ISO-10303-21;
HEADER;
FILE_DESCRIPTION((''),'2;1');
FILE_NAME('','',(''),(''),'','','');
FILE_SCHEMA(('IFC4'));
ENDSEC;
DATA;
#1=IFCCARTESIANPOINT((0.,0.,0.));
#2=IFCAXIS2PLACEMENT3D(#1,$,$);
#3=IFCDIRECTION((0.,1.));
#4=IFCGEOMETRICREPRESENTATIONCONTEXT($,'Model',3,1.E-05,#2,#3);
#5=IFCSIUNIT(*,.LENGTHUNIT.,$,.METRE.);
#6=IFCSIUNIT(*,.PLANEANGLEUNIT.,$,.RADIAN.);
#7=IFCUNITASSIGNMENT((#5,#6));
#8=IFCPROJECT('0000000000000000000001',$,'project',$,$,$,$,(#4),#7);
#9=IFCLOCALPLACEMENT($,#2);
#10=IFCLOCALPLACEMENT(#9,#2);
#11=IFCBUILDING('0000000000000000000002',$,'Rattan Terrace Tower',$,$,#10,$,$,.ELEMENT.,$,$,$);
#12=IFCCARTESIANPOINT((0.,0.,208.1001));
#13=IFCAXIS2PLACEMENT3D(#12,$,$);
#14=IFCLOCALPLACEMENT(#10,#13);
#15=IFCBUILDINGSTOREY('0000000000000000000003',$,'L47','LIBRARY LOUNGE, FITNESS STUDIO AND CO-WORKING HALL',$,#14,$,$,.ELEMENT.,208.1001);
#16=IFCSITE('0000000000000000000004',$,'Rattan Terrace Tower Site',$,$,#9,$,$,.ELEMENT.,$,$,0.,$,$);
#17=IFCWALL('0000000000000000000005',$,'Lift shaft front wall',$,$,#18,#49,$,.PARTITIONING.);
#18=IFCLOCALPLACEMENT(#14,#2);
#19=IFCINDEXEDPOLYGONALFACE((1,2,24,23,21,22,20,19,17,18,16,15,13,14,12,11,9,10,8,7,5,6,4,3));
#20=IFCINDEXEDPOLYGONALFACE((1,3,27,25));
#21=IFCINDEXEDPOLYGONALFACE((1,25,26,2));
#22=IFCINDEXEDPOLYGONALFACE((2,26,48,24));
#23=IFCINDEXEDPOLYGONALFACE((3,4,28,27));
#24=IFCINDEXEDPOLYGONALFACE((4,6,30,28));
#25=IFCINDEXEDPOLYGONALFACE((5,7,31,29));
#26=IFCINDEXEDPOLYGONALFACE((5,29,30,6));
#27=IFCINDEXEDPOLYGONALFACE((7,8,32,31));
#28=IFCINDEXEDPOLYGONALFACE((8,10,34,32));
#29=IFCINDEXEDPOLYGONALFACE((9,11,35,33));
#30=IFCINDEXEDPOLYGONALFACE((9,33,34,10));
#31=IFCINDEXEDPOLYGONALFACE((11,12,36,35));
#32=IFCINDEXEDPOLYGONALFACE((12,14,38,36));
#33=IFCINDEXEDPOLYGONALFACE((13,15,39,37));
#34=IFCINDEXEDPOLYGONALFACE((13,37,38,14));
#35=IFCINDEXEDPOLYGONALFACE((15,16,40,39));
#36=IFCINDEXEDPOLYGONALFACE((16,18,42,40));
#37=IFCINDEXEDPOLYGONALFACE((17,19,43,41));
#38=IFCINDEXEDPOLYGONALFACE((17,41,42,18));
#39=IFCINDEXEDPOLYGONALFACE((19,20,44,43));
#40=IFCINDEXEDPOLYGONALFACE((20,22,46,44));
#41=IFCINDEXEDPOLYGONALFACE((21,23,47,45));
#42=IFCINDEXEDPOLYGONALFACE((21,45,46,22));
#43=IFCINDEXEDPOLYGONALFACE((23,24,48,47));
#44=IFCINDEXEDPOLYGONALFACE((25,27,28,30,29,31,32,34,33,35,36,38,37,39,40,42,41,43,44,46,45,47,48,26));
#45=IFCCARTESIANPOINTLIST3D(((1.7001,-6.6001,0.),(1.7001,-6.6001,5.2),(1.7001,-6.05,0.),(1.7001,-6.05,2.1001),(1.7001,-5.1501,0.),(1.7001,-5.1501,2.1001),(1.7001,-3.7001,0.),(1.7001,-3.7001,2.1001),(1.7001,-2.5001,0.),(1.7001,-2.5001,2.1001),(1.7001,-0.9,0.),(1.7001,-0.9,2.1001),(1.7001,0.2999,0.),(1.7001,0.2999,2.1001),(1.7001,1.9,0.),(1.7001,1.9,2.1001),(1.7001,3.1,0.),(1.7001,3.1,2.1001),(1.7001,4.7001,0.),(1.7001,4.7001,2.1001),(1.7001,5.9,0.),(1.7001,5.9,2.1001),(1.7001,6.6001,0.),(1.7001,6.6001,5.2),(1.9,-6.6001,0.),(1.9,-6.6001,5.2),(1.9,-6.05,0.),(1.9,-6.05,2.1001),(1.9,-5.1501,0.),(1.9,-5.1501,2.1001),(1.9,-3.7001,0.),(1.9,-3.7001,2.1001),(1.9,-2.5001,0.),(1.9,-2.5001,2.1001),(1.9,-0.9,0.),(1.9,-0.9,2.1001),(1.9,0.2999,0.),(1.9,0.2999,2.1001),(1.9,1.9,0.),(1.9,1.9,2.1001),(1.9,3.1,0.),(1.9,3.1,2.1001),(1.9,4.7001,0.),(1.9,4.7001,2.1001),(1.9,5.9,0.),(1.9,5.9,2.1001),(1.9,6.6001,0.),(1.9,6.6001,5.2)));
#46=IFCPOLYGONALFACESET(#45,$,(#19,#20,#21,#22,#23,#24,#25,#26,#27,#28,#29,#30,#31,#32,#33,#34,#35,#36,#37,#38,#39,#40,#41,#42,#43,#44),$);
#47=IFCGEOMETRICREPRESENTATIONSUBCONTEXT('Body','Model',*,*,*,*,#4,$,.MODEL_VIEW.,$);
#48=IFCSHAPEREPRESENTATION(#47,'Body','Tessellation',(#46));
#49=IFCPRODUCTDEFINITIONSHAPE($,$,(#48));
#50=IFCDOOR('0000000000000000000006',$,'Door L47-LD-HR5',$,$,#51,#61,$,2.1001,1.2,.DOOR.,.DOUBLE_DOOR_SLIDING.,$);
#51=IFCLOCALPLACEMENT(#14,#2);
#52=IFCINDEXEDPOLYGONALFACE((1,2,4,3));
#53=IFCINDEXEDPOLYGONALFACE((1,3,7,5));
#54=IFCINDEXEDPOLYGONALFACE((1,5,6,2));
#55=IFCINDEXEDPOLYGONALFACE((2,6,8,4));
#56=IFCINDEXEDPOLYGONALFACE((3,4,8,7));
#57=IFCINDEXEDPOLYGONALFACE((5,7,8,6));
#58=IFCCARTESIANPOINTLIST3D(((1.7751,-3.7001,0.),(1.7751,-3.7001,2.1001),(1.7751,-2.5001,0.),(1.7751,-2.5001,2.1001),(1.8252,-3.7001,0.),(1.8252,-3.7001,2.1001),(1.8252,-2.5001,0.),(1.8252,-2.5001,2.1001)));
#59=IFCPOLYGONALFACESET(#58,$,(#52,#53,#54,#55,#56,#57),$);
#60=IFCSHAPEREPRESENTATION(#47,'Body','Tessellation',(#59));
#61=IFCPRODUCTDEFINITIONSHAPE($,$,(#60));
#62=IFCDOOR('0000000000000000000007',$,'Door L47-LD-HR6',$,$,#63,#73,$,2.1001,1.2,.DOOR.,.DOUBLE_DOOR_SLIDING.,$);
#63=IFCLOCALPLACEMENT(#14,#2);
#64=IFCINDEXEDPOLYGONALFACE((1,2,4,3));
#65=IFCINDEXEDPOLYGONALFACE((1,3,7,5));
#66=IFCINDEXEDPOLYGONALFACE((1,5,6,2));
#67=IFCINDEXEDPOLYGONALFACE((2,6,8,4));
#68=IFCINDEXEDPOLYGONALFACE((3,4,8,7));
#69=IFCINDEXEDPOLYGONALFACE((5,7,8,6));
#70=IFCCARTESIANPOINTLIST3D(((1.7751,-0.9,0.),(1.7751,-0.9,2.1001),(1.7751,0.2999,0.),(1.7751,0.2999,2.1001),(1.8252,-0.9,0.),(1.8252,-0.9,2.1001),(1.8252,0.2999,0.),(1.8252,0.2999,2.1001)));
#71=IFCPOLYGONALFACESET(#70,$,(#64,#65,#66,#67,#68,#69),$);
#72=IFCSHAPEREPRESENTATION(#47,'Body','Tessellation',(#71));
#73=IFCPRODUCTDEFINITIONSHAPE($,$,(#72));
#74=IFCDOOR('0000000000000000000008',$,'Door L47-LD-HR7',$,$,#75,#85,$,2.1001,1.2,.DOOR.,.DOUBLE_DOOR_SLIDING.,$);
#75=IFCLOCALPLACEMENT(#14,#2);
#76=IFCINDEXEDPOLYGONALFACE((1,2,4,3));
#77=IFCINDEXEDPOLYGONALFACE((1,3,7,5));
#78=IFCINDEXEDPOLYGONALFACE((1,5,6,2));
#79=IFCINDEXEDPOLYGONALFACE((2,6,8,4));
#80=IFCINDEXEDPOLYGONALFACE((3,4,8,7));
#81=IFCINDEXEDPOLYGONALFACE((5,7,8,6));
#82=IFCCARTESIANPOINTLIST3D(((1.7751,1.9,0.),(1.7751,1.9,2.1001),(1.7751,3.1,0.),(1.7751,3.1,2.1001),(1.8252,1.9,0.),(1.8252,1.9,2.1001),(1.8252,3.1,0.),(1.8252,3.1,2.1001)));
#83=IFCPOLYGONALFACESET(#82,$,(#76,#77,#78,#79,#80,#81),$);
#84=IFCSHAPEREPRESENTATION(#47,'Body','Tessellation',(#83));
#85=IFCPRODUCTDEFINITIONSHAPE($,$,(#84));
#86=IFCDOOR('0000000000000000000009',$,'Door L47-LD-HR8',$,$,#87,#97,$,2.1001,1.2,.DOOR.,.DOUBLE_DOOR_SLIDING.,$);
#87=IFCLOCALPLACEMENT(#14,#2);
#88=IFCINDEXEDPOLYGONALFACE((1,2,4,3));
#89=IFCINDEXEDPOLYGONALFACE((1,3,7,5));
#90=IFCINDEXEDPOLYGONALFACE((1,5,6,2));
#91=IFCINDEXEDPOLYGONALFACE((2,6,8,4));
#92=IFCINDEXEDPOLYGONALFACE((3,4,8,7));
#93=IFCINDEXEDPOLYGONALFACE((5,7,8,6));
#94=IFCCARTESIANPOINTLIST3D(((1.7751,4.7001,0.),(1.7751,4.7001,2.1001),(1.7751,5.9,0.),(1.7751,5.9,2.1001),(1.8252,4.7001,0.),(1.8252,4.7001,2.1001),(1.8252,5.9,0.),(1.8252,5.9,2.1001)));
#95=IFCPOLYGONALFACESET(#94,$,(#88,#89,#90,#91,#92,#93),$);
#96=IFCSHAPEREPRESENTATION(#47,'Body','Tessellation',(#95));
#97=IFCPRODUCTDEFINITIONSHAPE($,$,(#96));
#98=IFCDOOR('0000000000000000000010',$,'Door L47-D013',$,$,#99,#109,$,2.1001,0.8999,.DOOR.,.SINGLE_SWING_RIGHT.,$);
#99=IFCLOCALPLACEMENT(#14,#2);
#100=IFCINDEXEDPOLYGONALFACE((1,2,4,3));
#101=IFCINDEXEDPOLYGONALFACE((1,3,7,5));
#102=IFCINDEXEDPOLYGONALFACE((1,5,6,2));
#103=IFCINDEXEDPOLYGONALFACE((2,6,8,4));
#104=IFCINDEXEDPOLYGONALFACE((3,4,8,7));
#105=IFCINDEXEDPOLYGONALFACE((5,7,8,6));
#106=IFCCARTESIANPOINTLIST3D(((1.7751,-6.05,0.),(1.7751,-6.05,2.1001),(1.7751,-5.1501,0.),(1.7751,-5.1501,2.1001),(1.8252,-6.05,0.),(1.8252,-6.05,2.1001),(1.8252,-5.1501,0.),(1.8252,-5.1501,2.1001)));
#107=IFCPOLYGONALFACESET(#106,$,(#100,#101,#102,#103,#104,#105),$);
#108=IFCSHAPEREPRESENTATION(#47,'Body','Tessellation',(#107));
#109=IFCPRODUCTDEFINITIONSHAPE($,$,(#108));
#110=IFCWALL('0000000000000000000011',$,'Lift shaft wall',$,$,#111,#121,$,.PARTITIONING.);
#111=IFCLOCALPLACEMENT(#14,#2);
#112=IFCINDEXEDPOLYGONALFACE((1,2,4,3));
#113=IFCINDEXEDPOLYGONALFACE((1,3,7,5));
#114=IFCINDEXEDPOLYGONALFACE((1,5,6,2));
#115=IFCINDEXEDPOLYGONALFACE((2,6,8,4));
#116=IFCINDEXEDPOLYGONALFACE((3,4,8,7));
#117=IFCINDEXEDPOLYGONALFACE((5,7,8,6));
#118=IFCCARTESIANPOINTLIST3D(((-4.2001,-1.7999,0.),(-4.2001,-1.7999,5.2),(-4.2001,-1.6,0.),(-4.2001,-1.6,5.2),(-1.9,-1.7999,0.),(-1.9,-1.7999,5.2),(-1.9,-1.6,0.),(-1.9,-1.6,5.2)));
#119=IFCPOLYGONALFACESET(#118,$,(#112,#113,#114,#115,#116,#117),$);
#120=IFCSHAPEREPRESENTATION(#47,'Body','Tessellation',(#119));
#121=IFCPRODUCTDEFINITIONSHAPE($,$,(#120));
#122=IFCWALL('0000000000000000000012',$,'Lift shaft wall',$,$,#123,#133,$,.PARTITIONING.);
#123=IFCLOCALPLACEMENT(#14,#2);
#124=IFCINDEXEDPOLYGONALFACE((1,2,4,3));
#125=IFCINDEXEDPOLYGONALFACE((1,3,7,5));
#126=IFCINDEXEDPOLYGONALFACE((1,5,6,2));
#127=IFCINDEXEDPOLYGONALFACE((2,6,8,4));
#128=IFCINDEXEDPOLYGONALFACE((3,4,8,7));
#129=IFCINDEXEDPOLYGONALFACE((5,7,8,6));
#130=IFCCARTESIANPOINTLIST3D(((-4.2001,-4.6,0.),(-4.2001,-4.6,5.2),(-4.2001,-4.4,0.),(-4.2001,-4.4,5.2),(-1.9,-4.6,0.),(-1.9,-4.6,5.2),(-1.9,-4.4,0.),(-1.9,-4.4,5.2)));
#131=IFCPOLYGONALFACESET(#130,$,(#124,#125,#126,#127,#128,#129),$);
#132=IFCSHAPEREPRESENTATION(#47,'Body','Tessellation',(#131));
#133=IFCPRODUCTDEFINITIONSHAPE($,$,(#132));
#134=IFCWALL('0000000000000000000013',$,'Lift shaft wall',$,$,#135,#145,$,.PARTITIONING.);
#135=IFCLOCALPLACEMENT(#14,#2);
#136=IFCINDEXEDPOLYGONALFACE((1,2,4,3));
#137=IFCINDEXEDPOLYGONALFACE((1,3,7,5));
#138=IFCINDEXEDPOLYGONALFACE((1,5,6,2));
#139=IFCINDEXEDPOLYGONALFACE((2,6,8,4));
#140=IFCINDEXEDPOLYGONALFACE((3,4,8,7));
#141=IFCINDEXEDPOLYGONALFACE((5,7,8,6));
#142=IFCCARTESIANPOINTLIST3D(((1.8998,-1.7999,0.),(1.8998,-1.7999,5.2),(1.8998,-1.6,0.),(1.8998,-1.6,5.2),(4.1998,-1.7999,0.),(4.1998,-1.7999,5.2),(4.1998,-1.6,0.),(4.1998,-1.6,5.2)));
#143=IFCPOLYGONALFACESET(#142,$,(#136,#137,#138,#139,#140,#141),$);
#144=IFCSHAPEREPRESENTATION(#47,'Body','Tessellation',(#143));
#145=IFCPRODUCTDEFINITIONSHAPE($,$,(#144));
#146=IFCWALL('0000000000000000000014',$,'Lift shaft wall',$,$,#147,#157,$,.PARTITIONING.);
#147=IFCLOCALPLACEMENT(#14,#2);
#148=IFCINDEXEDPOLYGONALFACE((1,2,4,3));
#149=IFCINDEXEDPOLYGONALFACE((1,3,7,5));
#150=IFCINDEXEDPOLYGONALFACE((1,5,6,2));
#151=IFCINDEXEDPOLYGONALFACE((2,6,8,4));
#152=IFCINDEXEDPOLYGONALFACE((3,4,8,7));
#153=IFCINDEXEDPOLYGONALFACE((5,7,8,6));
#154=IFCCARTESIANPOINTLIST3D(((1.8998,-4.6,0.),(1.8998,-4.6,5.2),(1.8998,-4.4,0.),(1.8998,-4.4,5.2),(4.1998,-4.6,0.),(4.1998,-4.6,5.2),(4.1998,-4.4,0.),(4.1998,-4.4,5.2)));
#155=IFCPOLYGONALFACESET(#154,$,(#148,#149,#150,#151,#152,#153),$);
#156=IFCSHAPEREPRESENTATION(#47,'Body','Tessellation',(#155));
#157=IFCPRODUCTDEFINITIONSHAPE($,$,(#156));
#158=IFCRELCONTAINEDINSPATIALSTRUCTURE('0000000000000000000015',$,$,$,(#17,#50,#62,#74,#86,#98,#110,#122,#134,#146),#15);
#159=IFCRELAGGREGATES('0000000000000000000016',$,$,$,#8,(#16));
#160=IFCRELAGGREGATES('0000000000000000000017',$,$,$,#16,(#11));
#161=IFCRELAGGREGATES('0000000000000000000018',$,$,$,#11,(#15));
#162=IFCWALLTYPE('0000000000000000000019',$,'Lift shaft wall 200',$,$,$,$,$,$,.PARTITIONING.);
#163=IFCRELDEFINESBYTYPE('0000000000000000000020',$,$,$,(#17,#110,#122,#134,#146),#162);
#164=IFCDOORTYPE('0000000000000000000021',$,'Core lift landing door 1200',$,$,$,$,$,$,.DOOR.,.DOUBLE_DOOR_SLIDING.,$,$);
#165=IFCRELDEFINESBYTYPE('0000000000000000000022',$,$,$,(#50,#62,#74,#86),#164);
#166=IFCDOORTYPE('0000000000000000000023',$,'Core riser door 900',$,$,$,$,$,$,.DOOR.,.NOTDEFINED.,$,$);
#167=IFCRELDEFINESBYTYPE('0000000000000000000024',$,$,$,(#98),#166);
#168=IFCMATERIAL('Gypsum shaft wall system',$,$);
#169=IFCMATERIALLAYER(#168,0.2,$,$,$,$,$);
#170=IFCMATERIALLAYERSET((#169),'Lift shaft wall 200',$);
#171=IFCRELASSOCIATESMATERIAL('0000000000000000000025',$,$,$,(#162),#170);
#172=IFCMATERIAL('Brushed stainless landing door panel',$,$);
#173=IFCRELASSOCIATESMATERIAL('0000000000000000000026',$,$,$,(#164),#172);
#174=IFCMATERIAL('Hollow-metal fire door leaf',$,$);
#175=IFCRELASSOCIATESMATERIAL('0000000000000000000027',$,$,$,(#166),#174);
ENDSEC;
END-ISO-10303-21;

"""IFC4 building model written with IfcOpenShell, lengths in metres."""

from ifc_helpers import new_model, si_unit, direction, frame, frame_2d, origin, place, context, subcontext, project, spatial, rectangle, extrude, material, layer, layer_set, type_object, element, fill, save


model = new_model("IFC4")

# Units and contexts
model_context = context("Model", 3, precision=1e-05, world=origin(), true_north=direction((0.0, 1.0)))
body_context = subcontext(model_context, "Body", "Model", "MODEL_VIEW")
ifc_project = project(units=[si_unit("LENGTHUNIT", "METRE"), si_unit("PLANEANGLEUNIT", "RADIAN")], contexts=[model_context])

# Site, building, storey
site_placement = place(None, origin())
site = spatial("IfcSite", under=ifc_project, at=site_placement, Name="Rattan Terrace Tower Site", CompositionType="ELEMENT", RefElevation=0.0)
building_placement = place(site_placement, origin())
building = spatial("IfcBuilding", under=site, at=building_placement, Name="Rattan Terrace Tower", CompositionType="ELEMENT")
storey_placement = place(building_placement, frame((0.0, 0.0, 208.1001)))
storey = spatial("IfcBuildingStorey", under=building, at=storey_placement, Name="L47", Description="LIBRARY LOUNGE, FITNESS STUDIO AND CO-WORKING HALL", CompositionType="ELEMENT", Elevation=208.1001)

# Wall, openings, doors
ifc_material_1 = material(Name="Gypsum shaft wall system")
ifc_layer_1 = layer(ifc_material_1, 0.2)
ifc_layer_set_1 = layer_set([ifc_layer_1], Name="Lift shaft wall 200")
wall_type_1 = type_object("IfcWallType", Name="Lift shaft wall 200", PredefinedType="PARTITIONING", material=ifc_layer_set_1)
ifc_material_2 = material(Name="Brushed stainless landing door panel")
door_type_1 = type_object("IfcDoorType", Name="Core lift landing door 1200", OperationType="DOUBLE_DOOR_SLIDING", PredefinedType="DOOR", material=ifc_material_2)
ifc_material_3 = material(Name="Hollow-metal fire door leaf")
door_type_2 = type_object("IfcDoorType", Name="Core riser door 900", OperationType="NOTDEFINED", PredefinedType="DOOR", material=ifc_material_3)
wall_1_placement = place(storey_placement, frame((1.8, -6.6001, 0.0), z_axis=(0.0, 0.0, 1.0), x_axis=(0.0, 1.0, 0.0)))
wall_1 = element("IfcWall", 1, at=wall_1_placement, inside=storey, type_object=wall_type_1, Name="Lift shaft front wall", PredefinedType="PARTITIONING", context=body_context, shape_type="SweptSolid", body=[
    extrude(rectangle(XDim=13.2002, YDim=0.2, at=frame_2d((6.6001, 0.0))), origin(), (0.0, 0.0, 1.0), 5.2),
])
opening_1_placement = place(wall_1_placement, frame((0.55, 0.0, 0.0)))
opening_1 = element("IfcOpeningElement", 2, at=opening_1_placement, cuts=wall_1, PredefinedType="OPENING", context=body_context, shape_type="SweptSolid", body=[
    extrude(rectangle(XDim=0.8999, YDim=2.1001, at=frame_2d((0.45, 1.05))), frame((0.0, 0.1106, 0.0), z_axis=(0.0, -1.0, 0.0), x_axis=(1.0, 0.0, 0.0)), (0.0, 0.0, 1.0), 0.2209),
])
opening_2_placement = place(wall_1_placement, frame((2.8999, 0.0, 0.0)))
opening_2 = element("IfcOpeningElement", 3, at=opening_2_placement, cuts=wall_1, PredefinedType="OPENING", context=body_context, shape_type="SweptSolid", body=[
    extrude(rectangle(XDim=1.2, YDim=2.1001, at=frame_2d((0.6001, 1.05))), frame((0.0, 0.1106, 0.0), z_axis=(0.0, -1.0, 0.0), x_axis=(1.0, 0.0, 0.0)), (0.0, 0.0, 1.0), 0.2209),
])
opening_3_placement = place(wall_1_placement, frame((5.7, 0.0, 0.0)))
opening_3 = element("IfcOpeningElement", 4, at=opening_3_placement, cuts=wall_1, PredefinedType="OPENING", context=body_context, shape_type="SweptSolid", body=[
    extrude(rectangle(XDim=1.2, YDim=2.1001, at=frame_2d((0.6001, 1.05))), frame((0.0, 0.1106, 0.0), z_axis=(0.0, -1.0, 0.0), x_axis=(1.0, 0.0, 0.0)), (0.0, 0.0, 1.0), 0.2209),
])
opening_4_placement = place(wall_1_placement, frame((8.5, 0.0, 0.0)))
opening_4 = element("IfcOpeningElement", 5, at=opening_4_placement, cuts=wall_1, PredefinedType="OPENING", context=body_context, shape_type="SweptSolid", body=[
    extrude(rectangle(XDim=1.2, YDim=2.1001, at=frame_2d((0.6001, 1.05))), frame((0.0, 0.1106, 0.0), z_axis=(0.0, -1.0, 0.0), x_axis=(1.0, 0.0, 0.0)), (0.0, 0.0, 1.0), 0.2209),
])
opening_5_placement = place(wall_1_placement, frame((11.3, 0.0, 0.0)))
opening_5 = element("IfcOpeningElement", 6, at=opening_5_placement, cuts=wall_1, PredefinedType="OPENING", context=body_context, shape_type="SweptSolid", body=[
    extrude(rectangle(XDim=1.2, YDim=2.1001, at=frame_2d((0.6001, 1.05))), frame((0.0, 0.1106, 0.0), z_axis=(0.0, -1.0, 0.0), x_axis=(1.0, 0.0, 0.0)), (0.0, 0.0, 1.0), 0.2209),
])
door_1_placement = place(opening_2_placement, origin())
door_1 = element("IfcDoor", 7, at=door_1_placement, inside=storey, type_object=door_type_1, Name="Door L47-LD-HR5", OperationType="DOUBLE_DOOR_SLIDING", OverallHeight=2.1001, OverallWidth=1.2, PredefinedType="DOOR", context=body_context, shape_type="SweptSolid", body=[
    extrude(rectangle(XDim=1.2, YDim=2.1001, at=frame_2d((0.6001, 1.05))), frame((0.0, 0.0249, 0.0), z_axis=(0.0, -1.0, 0.0), x_axis=(1.0, 0.0, 0.0)), (0.0, 0.0, 1.0), 0.05),
])
fill(opening_2, door_1)
door_2_placement = place(opening_3_placement, origin())
door_2 = element("IfcDoor", 8, at=door_2_placement, inside=storey, type_object=door_type_1, Name="Door L47-LD-HR6", OperationType="DOUBLE_DOOR_SLIDING", OverallHeight=2.1001, OverallWidth=1.2, PredefinedType="DOOR", context=body_context, shape_type="SweptSolid", body=[
    extrude(rectangle(XDim=1.2, YDim=2.1001, at=frame_2d((0.6001, 1.05))), frame((0.0, 0.0249, 0.0), z_axis=(0.0, -1.0, 0.0), x_axis=(1.0, 0.0, 0.0)), (0.0, 0.0, 1.0), 0.05),
])
fill(opening_3, door_2)
door_3_placement = place(opening_4_placement, origin())
door_3 = element("IfcDoor", 9, at=door_3_placement, inside=storey, type_object=door_type_1, Name="Door L47-LD-HR7", OperationType="DOUBLE_DOOR_SLIDING", OverallHeight=2.1001, OverallWidth=1.2, PredefinedType="DOOR", context=body_context, shape_type="SweptSolid", body=[
    extrude(rectangle(XDim=1.2, YDim=2.1001, at=frame_2d((0.6001, 1.05))), frame((0.0, 0.0249, 0.0), z_axis=(0.0, -1.0, 0.0), x_axis=(1.0, 0.0, 0.0)), (0.0, 0.0, 1.0), 0.05),
])
fill(opening_4, door_3)
door_4_placement = place(opening_5_placement, origin())
door_4 = element("IfcDoor", 10, at=door_4_placement, inside=storey, type_object=door_type_1, Name="Door L47-LD-HR8", OperationType="DOUBLE_DOOR_SLIDING", OverallHeight=2.1001, OverallWidth=1.2, PredefinedType="DOOR", context=body_context, shape_type="SweptSolid", body=[
    extrude(rectangle(XDim=1.2, YDim=2.1001, at=frame_2d((0.6001, 1.05))), frame((0.0, 0.0249, 0.0), z_axis=(0.0, -1.0, 0.0), x_axis=(1.0, 0.0, 0.0)), (0.0, 0.0, 1.0), 0.05),
])
fill(opening_5, door_4)
door_5_placement = place(opening_1_placement, origin())
door_5 = element("IfcDoor", 11, at=door_5_placement, inside=storey, type_object=door_type_2, Name="Door L47-D013", OperationType="SINGLE_SWING_RIGHT", OverallHeight=2.1001, OverallWidth=0.8999, PredefinedType="DOOR", context=body_context, shape_type="SweptSolid", body=[
    extrude(rectangle(XDim=0.8999, YDim=2.1001, at=frame_2d((0.45, 1.05))), frame((0.0, 0.0249, 0.0), z_axis=(0.0, -1.0, 0.0), x_axis=(1.0, 0.0, 0.0)), (0.0, 0.0, 1.0), 0.05),
])
fill(opening_1, door_5)

# Walls
for number, where, z_axis, x_axis, name in (
    (12, (-4.2, -1.7, 0.0), (0.0, 0.0, 1.0), (1.0, 0.0, 0.0), "Lift shaft wall"),
    (13, (-4.2, -4.5, 0.0), (0.0, 0.0, 1.0), (1.0, 0.0, 0.0), "Lift shaft wall"),
    (14, (1.8999, -1.7, 0.0), (0.0, 0.0, 1.0), (1.0, 0.0, 0.0), "Lift shaft wall"),
    (15, (1.8999, -4.5, 0.0), (0.0, 0.0, 1.0), (1.0, 0.0, 0.0), "Lift shaft wall"),
):
    element("IfcWall", number, at=place(storey_placement, frame(where, z_axis=z_axis, x_axis=x_axis)), inside=storey, type_object=wall_type_1, Name=name, PredefinedType="PARTITIONING", context=body_context, shape_type="SweptSolid", body=[
        extrude(rectangle(XDim=2.3, YDim=0.2, at=frame_2d((1.1499, 0.0))), origin(), (0.0, 0.0, 1.0), 5.2),
    ])

save(model, "model.ifc")
